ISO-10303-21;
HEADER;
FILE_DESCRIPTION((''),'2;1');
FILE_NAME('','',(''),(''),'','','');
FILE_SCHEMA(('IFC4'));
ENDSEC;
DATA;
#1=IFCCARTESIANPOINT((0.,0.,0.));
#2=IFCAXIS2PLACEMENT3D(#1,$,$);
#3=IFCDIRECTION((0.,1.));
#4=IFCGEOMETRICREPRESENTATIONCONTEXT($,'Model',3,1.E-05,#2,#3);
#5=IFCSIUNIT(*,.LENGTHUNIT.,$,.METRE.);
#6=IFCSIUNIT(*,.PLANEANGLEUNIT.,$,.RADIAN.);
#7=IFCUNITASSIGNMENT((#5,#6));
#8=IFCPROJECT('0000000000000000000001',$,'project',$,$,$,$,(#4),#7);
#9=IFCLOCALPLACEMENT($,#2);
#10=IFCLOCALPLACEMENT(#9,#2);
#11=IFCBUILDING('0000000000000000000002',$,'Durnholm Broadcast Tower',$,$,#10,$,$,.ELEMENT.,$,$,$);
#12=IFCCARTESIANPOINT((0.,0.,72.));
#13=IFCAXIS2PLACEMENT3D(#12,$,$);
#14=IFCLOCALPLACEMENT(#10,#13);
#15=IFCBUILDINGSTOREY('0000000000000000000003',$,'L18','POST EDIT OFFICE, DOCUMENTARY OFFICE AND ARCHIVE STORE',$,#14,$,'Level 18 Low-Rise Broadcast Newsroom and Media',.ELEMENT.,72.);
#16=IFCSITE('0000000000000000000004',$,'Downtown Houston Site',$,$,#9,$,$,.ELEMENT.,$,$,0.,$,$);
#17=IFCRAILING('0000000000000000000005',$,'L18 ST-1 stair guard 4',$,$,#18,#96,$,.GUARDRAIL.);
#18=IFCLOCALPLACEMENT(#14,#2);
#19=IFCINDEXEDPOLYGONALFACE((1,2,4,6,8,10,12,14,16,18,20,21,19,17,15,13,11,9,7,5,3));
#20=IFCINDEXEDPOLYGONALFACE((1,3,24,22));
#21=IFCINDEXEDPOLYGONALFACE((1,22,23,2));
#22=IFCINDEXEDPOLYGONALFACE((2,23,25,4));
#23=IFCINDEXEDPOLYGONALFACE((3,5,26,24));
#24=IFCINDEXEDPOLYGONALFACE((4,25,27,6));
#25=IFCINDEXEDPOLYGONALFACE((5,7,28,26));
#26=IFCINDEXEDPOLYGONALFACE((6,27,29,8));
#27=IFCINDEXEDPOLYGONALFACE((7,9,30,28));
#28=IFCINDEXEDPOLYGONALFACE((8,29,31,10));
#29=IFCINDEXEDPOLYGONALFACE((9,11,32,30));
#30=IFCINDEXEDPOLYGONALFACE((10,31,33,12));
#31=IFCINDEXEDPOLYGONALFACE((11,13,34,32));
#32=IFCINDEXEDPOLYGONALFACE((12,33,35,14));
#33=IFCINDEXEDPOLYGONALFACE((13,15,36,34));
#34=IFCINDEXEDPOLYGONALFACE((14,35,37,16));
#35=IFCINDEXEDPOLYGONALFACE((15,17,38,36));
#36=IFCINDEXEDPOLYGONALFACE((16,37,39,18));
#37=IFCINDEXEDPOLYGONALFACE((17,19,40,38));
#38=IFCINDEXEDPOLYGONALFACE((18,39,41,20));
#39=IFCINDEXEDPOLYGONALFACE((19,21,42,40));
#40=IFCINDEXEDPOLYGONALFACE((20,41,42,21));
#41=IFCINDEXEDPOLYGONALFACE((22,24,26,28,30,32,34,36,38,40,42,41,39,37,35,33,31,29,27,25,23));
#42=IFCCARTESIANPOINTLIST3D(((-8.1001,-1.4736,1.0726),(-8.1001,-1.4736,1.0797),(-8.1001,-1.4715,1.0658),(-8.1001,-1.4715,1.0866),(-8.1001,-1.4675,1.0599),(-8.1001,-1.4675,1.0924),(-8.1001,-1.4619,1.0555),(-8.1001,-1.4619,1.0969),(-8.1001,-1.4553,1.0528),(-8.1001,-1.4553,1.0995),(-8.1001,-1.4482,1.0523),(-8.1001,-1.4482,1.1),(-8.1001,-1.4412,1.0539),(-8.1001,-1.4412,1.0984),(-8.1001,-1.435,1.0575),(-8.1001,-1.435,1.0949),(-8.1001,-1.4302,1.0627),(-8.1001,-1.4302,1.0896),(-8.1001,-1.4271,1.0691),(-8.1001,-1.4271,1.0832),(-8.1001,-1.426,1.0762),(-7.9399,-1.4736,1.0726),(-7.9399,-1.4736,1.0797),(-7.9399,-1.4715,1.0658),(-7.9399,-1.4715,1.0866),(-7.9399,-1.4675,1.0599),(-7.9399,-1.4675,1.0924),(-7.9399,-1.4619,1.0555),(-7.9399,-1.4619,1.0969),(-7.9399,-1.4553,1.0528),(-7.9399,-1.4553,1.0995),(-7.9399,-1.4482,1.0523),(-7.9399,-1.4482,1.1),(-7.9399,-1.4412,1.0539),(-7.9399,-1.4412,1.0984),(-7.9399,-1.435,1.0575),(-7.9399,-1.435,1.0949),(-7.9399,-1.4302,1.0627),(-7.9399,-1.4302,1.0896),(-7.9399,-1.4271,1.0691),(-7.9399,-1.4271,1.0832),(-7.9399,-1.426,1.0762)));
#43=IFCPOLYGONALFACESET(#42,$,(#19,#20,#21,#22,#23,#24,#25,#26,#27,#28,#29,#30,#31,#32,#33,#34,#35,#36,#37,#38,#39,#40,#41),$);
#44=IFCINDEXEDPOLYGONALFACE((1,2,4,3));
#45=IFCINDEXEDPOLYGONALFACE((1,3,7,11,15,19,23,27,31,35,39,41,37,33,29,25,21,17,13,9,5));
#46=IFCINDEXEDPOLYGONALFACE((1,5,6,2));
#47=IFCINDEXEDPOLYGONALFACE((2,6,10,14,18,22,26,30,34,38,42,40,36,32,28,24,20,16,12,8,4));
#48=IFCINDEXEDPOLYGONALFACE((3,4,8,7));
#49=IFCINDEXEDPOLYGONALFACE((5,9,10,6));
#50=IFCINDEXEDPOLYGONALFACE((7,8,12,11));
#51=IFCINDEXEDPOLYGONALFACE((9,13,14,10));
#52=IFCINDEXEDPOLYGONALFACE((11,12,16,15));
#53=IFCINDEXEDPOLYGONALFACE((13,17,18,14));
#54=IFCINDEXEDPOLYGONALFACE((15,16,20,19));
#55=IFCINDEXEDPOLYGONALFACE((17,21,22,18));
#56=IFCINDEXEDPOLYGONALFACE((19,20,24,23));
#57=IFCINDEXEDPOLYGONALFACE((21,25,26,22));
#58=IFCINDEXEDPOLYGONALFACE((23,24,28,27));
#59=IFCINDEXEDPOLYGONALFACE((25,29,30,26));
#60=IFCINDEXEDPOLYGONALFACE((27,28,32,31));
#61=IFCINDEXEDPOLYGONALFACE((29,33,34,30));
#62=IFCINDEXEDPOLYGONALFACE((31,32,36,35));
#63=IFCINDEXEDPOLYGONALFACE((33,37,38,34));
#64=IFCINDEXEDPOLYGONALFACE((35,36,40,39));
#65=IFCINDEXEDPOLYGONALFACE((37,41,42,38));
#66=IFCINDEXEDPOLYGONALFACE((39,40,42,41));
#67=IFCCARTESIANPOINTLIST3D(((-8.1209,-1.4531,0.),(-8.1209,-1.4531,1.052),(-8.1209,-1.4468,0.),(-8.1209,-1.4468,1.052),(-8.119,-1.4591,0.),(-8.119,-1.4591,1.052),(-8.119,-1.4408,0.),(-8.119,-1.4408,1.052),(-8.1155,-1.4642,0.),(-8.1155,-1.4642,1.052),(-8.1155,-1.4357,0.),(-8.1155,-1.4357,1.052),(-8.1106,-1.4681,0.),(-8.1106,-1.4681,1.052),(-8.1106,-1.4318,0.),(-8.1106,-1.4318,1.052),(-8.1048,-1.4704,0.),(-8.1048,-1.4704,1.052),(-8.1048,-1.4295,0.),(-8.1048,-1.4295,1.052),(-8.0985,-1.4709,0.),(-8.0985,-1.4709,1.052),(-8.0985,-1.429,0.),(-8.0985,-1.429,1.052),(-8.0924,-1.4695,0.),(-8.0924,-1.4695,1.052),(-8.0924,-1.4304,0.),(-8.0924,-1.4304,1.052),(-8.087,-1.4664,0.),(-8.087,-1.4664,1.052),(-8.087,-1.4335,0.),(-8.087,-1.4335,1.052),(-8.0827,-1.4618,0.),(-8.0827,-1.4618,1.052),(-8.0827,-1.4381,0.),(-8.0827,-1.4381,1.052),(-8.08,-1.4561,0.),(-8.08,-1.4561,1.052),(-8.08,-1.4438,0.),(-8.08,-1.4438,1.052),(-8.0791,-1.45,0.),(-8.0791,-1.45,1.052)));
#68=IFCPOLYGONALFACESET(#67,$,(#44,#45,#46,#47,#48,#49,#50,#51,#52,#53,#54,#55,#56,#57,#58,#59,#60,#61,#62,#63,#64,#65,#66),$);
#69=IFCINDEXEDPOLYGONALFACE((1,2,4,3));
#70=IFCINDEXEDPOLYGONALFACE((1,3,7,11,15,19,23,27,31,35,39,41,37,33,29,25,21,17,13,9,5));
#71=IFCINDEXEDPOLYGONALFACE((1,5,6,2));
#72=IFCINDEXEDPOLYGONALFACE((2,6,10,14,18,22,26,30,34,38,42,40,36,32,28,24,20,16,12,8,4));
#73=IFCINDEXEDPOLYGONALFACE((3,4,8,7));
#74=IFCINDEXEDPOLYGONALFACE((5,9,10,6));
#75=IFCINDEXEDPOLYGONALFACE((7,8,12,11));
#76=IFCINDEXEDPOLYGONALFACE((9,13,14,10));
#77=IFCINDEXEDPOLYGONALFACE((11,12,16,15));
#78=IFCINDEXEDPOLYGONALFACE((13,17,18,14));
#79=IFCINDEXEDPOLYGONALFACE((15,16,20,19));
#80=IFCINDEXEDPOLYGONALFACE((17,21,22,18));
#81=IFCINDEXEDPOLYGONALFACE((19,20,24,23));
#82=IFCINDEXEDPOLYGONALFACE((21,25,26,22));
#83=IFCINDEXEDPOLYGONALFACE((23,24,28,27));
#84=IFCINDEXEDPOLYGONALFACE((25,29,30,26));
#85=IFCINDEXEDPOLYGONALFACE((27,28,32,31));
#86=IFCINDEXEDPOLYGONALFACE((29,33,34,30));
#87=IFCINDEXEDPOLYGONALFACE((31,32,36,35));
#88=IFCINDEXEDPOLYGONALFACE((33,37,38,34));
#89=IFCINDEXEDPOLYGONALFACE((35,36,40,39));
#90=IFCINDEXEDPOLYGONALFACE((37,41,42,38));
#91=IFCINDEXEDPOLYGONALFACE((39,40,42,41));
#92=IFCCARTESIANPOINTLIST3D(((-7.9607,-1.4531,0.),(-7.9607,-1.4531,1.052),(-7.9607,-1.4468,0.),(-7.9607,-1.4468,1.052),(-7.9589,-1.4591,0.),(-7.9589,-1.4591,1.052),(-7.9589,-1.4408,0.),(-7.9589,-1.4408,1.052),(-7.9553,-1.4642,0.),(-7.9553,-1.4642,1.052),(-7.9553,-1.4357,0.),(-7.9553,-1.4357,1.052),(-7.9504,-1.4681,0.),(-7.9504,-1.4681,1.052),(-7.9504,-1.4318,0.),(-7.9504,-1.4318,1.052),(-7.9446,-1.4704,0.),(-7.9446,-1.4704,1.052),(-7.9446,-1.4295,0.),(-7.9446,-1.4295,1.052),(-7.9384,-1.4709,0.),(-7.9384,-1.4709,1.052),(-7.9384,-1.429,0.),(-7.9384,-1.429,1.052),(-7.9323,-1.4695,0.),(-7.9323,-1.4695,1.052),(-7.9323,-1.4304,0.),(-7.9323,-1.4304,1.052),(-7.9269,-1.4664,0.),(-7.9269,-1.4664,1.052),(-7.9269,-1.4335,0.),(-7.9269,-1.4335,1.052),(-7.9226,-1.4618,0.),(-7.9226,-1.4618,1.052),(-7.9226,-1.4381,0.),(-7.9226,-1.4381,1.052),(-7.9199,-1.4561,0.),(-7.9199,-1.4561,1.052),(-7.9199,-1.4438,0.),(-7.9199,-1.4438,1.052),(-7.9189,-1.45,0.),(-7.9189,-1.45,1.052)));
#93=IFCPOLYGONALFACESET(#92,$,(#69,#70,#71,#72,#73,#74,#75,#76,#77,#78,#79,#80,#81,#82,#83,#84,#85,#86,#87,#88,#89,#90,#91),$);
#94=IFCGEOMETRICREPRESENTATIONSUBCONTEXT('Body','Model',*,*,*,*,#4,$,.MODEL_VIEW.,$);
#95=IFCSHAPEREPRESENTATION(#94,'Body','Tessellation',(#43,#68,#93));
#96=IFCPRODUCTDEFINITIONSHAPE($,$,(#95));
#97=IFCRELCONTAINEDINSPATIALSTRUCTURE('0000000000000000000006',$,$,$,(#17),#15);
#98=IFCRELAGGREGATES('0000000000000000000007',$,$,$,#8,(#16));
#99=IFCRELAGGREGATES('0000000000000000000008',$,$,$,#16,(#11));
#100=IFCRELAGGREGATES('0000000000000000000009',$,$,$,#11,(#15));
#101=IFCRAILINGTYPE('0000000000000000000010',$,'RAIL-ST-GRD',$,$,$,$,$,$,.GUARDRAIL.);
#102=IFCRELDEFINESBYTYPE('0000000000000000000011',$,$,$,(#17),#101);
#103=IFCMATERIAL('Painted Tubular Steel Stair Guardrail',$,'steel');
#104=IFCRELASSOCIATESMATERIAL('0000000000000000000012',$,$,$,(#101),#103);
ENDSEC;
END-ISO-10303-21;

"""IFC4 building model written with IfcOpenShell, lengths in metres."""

from ifc_helpers import new_model, si_unit, direction, frame, origin, origin_2d, place, context, subcontext, project, spatial, circle, extrude, material, type_object, element, save


model = new_model("IFC4")

# Units and contexts
model_context = context("Model", 3, precision=1e-05, world=origin(), true_north=direction((0.0, 1.0)))
body_context = subcontext(model_context, "Body", "Model", "MODEL_VIEW")
ifc_project = project(units=[si_unit("LENGTHUNIT", "METRE"), si_unit("PLANEANGLEUNIT", "RADIAN")], contexts=[model_context])

# Site, building, storey
site_placement = place(None, origin())
site = spatial("IfcSite", under=ifc_project, at=site_placement, Name="Downtown Houston Site", CompositionType="ELEMENT", RefElevation=0.0)
building_placement = place(site_placement, origin())
building = spatial("IfcBuilding", under=site, at=building_placement, Name="Durnholm Broadcast Tower", CompositionType="ELEMENT")
storey_placement = place(building_placement, frame((0.0, 0.0, 72.0)))
storey = spatial("IfcBuildingStorey", under=building, at=storey_placement, Name="L18", Description="POST EDIT OFFICE, DOCUMENTARY OFFICE AND ARCHIVE STORE", LongName="Level 18 Low-Rise Broadcast Newsroom and Media", CompositionType="ELEMENT", Elevation=72.0)

# Railing
ifc_material_1 = material(Name="Painted Tubular Steel Stair Guardrail", Category="steel")
railing_type_1 = type_object("IfcRailingType", Name="RAIL-ST-GRD", PredefinedType="GUARDRAIL", material=ifc_material_1)
railing_1_placement = place(storey_placement, frame((-8.1001, -1.45, 0.0)))
element("IfcRailing", 1, at=railing_1_placement, inside=storey, type_object=railing_type_1, Name="L18 ST-1 stair guard 4", PredefinedType="GUARDRAIL", context=body_context, shape_type="SweptSolid", body=[
    extrude(circle(Radius=0.0239, at=origin_2d()), frame((0.0, 0.0, 1.0762), z_axis=(1.0, 0.0, 0.0), x_axis=(0.0, 1.0, 0.0)), (0.0, 0.0, 1.0), 0.1602),
    extrude(circle(Radius=0.021, at=origin_2d()), origin(), (0.0, 0.0, 1.0), 1.052),
    extrude(circle(Radius=0.021, at=origin_2d()), frame((0.1602, 0.0, 0.0)), (0.0, 0.0, 1.0), 1.052),
])

save(model, "model.ifc")
